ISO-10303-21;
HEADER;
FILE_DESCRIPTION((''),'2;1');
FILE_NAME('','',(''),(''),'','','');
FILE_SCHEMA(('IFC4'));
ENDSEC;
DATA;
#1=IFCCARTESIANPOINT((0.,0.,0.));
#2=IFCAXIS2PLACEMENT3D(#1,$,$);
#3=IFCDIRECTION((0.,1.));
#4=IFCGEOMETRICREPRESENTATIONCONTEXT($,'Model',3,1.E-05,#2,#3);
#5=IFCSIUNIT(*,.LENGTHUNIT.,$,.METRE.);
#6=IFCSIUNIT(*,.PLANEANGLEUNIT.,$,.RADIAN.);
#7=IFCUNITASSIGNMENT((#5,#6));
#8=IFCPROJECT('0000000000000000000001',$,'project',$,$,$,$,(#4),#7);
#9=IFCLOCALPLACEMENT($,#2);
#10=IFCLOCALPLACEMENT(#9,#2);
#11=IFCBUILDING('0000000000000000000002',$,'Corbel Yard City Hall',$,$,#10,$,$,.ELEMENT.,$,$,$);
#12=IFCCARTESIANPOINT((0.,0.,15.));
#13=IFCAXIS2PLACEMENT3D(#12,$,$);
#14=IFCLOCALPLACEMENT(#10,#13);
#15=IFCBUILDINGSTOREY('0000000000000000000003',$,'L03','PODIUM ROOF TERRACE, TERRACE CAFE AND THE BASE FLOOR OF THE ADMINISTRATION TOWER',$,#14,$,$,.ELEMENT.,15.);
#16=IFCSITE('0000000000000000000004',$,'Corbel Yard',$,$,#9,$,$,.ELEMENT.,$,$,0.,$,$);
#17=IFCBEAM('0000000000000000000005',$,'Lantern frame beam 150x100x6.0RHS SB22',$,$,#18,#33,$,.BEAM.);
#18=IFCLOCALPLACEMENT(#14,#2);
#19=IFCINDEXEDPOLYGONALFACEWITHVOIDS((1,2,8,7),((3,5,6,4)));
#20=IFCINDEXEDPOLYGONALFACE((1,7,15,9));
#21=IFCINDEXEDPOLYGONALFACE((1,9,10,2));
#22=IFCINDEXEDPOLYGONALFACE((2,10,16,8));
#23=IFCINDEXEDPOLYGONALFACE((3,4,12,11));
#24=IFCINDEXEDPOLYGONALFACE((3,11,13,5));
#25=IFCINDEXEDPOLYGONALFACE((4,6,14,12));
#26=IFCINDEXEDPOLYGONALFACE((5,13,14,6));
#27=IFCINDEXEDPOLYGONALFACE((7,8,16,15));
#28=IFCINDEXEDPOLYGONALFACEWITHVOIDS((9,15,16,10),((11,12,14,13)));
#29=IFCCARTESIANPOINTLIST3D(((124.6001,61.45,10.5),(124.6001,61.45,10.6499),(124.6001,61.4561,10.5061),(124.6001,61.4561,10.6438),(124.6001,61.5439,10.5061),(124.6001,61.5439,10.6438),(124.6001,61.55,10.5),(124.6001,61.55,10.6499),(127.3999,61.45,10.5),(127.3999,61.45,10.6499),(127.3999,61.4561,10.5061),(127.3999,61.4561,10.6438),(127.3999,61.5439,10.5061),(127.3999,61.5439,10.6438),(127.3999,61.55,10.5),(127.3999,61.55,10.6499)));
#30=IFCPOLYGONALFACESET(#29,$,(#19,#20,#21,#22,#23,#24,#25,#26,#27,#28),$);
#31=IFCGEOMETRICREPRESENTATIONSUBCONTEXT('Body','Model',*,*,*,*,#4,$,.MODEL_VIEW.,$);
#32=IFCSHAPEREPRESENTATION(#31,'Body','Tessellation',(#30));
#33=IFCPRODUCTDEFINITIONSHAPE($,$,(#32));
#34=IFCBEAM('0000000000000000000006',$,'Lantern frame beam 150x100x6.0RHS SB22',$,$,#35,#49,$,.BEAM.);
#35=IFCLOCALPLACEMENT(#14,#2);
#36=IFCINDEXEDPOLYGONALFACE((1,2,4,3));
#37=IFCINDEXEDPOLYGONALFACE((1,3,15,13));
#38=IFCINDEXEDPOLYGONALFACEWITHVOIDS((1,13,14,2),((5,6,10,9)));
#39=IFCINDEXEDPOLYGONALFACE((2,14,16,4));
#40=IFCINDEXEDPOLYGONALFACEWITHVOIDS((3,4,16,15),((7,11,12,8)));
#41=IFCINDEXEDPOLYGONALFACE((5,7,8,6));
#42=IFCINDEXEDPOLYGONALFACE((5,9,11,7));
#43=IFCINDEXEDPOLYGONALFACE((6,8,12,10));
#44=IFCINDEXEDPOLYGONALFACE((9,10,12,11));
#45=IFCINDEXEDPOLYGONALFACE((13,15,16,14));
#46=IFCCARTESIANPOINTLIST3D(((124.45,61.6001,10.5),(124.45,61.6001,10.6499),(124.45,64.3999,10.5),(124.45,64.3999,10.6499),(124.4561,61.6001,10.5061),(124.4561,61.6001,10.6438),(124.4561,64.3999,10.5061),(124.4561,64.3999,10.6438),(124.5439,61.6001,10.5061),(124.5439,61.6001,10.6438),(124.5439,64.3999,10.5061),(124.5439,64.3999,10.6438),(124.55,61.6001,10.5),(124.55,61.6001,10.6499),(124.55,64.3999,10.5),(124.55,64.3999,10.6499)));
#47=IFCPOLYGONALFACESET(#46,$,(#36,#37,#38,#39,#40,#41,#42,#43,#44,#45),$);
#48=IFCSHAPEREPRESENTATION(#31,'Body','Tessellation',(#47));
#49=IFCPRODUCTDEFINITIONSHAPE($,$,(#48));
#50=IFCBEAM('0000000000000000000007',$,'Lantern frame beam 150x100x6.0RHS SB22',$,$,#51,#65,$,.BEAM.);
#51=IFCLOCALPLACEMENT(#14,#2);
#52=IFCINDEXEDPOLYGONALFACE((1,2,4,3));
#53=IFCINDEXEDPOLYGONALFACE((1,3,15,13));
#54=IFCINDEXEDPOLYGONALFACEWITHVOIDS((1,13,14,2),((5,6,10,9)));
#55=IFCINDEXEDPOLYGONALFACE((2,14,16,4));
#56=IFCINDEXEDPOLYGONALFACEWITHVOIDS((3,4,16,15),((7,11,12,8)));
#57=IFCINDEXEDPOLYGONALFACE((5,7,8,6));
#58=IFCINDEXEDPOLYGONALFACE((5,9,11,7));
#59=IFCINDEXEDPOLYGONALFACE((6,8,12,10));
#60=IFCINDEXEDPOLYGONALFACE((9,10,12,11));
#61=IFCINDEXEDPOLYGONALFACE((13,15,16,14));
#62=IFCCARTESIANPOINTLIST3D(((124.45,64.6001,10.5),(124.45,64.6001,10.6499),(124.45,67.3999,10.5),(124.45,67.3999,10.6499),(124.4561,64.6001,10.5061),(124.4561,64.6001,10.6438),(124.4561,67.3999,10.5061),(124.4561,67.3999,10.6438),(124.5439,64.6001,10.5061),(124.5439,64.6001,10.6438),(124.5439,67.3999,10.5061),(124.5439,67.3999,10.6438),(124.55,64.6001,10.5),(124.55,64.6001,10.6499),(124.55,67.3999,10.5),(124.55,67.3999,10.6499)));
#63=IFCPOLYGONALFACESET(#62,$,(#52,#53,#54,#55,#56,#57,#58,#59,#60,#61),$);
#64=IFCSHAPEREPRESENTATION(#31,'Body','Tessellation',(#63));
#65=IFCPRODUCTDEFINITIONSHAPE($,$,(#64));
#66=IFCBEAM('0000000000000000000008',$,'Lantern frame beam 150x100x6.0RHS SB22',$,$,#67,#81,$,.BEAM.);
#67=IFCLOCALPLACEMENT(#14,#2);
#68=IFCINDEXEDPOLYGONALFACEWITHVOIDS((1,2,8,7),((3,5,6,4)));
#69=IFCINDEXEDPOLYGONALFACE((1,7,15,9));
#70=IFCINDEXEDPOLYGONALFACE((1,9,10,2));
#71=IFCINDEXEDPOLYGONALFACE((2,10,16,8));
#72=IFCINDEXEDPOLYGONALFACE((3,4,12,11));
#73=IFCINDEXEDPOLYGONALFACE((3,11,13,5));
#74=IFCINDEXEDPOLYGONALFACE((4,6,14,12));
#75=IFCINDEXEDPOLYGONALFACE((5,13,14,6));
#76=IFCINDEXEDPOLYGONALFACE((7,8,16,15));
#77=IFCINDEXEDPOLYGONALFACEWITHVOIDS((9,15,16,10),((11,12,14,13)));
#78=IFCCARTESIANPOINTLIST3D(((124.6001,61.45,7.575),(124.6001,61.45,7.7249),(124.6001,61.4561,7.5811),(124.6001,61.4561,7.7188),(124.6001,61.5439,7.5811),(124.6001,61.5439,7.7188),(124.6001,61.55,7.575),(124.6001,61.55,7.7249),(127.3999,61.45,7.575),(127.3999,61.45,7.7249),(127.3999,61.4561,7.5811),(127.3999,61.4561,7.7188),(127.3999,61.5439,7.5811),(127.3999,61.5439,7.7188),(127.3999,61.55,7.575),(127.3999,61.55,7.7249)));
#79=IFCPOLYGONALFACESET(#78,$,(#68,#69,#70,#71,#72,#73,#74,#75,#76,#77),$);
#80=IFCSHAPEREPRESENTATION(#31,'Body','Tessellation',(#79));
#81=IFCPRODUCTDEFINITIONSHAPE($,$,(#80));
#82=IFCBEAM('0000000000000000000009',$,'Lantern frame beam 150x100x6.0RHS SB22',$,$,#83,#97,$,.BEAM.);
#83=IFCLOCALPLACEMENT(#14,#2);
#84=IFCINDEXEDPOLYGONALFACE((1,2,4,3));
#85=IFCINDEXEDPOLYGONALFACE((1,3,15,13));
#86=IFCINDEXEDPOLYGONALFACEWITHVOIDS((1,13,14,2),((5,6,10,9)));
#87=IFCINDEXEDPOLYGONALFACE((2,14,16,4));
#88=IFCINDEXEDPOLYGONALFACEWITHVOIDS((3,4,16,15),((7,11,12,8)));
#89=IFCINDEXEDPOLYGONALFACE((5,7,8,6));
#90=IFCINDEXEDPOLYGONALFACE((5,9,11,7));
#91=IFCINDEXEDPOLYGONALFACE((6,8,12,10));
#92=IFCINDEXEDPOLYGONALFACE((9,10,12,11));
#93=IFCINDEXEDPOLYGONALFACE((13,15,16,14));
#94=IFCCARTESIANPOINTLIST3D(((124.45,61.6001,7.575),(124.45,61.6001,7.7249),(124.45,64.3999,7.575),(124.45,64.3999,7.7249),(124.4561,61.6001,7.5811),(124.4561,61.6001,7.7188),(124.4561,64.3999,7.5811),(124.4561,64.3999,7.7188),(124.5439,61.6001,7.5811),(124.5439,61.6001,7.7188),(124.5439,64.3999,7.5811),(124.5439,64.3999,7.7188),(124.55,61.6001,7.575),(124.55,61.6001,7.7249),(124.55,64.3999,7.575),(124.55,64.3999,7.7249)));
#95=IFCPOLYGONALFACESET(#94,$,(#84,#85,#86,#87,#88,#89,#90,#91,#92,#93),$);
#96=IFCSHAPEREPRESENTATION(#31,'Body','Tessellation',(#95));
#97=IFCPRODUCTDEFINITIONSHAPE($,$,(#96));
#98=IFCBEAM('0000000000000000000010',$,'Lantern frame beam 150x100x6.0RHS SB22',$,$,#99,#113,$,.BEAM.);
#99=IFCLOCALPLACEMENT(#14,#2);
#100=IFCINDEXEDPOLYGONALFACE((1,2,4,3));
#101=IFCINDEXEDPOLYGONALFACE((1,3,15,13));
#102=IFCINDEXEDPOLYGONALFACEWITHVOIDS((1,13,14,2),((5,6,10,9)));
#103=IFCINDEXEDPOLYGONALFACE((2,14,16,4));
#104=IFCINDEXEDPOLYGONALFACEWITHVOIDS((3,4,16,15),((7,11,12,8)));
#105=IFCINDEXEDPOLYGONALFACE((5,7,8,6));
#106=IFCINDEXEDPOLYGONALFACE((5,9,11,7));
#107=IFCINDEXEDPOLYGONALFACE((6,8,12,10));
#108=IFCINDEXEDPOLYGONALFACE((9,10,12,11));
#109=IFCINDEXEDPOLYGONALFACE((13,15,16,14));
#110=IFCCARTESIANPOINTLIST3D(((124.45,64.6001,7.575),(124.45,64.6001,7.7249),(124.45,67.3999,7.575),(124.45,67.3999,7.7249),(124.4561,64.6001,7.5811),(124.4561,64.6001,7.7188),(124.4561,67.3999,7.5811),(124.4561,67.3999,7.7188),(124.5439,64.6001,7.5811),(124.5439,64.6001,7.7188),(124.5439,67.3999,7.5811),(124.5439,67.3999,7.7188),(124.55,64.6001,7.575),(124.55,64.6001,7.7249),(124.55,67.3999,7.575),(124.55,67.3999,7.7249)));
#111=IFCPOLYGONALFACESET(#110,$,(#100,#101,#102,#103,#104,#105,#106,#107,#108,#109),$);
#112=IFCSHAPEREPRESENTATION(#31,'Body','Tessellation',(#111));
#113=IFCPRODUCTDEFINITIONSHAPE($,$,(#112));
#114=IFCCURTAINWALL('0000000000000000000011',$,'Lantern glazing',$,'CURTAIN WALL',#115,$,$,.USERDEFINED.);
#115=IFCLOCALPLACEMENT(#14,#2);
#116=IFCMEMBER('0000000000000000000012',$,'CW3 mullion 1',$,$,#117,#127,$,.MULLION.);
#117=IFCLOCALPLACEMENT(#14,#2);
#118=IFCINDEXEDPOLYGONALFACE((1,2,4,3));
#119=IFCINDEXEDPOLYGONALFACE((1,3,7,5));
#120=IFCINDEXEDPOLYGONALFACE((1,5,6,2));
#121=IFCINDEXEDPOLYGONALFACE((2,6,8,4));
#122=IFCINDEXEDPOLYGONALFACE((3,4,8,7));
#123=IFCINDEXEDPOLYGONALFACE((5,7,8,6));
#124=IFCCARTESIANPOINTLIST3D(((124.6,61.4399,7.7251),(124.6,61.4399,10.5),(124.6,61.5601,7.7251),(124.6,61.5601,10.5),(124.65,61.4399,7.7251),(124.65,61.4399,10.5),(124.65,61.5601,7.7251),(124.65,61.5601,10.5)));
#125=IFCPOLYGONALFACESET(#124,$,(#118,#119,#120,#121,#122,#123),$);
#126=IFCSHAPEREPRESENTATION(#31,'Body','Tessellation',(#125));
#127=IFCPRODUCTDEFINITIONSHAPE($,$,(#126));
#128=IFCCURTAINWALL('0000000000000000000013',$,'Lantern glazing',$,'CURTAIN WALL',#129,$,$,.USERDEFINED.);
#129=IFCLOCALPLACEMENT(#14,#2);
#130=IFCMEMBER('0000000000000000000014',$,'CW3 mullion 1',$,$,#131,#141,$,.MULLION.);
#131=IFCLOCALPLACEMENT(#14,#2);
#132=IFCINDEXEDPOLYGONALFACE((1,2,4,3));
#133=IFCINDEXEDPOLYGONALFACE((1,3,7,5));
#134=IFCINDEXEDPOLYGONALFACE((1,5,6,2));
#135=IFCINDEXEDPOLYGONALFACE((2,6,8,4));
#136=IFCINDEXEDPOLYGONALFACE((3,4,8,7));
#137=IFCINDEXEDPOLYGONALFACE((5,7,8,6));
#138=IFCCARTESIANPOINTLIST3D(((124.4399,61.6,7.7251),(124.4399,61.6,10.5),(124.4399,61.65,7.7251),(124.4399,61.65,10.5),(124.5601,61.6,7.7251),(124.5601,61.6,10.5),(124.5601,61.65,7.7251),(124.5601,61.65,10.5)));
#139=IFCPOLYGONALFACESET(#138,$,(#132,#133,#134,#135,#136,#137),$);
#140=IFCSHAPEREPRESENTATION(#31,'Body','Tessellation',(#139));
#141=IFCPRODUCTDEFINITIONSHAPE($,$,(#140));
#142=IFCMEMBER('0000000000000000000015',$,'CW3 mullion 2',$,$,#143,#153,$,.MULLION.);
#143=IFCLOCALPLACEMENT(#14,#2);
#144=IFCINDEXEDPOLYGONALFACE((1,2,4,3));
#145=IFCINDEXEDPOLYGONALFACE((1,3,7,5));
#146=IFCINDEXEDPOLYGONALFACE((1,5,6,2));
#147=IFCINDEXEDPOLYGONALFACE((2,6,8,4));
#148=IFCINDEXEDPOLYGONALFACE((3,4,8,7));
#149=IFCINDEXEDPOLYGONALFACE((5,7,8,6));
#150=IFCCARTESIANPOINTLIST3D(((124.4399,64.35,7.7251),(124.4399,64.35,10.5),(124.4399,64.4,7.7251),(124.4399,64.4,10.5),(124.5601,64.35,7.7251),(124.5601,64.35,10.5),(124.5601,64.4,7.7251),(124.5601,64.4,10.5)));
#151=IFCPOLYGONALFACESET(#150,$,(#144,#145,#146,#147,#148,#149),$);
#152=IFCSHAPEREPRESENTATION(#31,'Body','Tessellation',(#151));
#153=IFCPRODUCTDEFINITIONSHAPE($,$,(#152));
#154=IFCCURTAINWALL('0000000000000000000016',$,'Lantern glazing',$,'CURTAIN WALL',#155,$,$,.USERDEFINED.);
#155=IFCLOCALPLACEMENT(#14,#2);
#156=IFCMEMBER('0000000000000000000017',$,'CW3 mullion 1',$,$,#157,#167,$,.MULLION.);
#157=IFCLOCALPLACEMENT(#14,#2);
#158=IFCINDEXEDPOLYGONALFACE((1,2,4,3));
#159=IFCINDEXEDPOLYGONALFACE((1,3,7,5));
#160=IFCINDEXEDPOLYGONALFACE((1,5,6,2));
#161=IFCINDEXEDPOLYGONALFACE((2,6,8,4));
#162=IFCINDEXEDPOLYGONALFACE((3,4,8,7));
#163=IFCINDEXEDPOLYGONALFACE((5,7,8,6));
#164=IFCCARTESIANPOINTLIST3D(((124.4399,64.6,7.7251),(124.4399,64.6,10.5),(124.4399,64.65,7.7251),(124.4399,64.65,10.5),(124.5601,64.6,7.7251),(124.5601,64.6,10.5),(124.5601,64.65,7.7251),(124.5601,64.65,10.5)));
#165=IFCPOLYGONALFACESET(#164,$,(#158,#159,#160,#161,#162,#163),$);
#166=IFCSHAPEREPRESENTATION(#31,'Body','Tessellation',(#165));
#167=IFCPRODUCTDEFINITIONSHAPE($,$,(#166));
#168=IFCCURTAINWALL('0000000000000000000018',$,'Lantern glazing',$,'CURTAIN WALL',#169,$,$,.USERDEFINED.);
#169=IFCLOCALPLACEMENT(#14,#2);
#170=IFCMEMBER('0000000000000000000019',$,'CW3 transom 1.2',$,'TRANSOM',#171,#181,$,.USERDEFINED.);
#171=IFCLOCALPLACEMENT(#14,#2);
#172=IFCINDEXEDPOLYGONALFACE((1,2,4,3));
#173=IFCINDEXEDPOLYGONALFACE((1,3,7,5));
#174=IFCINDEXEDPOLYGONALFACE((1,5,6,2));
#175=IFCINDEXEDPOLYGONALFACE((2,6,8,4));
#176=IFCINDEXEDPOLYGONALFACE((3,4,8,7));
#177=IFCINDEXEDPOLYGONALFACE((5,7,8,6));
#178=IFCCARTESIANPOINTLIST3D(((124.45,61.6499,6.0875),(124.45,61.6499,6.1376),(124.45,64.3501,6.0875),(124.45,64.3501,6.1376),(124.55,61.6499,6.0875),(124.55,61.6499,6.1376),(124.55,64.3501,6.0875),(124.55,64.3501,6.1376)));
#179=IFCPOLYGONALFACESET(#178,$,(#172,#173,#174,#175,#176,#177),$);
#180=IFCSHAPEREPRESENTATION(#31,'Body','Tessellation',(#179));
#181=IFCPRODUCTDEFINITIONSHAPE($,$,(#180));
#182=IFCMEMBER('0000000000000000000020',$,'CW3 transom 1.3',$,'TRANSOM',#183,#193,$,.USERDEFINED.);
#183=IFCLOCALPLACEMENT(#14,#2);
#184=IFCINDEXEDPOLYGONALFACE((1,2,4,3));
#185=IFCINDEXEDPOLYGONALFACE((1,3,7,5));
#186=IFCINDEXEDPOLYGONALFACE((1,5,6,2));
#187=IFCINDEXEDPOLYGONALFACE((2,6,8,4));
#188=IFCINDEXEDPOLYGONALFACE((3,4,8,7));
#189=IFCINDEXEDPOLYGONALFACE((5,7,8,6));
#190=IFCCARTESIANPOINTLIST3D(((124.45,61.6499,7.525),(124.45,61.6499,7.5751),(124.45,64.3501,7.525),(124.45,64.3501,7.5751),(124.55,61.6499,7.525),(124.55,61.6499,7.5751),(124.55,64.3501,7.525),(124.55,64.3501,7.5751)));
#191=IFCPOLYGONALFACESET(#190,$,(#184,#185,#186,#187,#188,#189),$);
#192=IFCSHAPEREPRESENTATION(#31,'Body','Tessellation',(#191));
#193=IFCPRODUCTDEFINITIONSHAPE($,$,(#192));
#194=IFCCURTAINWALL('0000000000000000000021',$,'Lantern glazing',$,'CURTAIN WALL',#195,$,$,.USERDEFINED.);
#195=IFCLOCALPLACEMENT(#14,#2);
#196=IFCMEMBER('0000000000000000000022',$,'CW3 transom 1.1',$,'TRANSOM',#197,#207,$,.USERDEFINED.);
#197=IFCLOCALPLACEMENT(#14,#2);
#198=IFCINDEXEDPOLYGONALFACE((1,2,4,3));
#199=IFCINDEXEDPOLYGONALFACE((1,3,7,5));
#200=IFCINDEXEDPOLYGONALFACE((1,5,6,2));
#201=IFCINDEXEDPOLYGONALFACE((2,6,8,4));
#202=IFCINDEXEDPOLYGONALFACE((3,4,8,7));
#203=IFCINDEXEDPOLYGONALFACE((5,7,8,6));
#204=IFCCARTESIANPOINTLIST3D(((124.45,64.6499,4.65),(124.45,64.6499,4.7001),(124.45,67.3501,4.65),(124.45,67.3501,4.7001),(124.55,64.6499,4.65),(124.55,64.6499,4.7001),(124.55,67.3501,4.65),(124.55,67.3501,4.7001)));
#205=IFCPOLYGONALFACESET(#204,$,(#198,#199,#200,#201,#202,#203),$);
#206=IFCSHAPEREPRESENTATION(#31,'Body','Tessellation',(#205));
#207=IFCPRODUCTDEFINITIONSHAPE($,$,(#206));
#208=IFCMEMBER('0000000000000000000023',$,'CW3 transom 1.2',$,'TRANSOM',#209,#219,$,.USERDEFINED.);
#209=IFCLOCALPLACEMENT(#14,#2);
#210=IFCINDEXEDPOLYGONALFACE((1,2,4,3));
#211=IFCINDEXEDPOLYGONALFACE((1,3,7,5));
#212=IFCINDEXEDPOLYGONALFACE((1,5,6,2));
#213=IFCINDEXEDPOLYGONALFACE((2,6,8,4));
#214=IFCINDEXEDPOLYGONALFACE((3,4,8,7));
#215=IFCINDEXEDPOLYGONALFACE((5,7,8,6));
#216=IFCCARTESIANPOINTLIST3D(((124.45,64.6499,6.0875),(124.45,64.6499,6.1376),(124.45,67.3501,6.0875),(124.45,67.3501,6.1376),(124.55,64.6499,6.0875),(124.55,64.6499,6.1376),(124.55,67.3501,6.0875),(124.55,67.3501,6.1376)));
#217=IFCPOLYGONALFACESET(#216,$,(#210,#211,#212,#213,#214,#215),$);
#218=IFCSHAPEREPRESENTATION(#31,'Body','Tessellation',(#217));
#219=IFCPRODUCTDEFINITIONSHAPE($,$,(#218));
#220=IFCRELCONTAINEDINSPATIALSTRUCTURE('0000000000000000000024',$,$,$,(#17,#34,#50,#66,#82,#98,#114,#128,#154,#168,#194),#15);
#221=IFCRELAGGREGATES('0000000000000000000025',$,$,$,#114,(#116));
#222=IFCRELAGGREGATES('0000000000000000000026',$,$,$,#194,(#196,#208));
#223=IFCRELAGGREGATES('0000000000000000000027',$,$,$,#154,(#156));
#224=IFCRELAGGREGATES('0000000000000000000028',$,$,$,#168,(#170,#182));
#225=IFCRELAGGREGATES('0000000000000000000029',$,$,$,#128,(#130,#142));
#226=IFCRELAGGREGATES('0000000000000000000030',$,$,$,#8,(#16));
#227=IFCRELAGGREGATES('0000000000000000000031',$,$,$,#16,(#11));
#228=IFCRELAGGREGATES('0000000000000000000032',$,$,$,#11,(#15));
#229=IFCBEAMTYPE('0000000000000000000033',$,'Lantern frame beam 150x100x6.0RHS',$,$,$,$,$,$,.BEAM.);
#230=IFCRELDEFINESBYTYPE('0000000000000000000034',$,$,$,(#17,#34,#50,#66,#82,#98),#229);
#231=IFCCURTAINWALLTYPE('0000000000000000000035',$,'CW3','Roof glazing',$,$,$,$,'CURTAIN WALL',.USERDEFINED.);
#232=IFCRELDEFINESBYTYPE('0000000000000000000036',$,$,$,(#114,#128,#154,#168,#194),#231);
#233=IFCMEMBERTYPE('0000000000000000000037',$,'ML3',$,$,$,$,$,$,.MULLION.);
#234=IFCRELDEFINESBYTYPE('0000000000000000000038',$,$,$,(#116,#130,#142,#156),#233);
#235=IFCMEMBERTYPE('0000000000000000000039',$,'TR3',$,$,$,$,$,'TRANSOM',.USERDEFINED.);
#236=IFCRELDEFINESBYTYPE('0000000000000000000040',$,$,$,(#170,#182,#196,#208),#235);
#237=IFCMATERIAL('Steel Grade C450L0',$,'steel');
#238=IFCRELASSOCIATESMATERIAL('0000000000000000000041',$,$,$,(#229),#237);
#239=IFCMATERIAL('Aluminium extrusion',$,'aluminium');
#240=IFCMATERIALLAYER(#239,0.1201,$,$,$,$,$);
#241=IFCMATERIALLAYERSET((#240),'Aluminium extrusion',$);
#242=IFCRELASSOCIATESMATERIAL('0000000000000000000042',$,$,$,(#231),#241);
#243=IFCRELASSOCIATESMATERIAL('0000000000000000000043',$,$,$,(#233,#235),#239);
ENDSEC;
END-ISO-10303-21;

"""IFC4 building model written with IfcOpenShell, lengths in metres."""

from ifc_helpers import new_model, si_unit, direction, frame, origin, origin_2d, place, context, subcontext, project, spatial, rectangle, hollow_rectangle, extrude, material, layer, layer_set, material_profile, profile_set, type_object, element, aggregate, save


model = new_model("IFC4")

# Units and contexts
model_context = context("Model", 3, precision=1e-05, world=origin(), true_north=direction((0.0, 1.0)))
body_context = subcontext(model_context, "Body", "Model", "MODEL_VIEW")
ifc_project = project(units=[si_unit("LENGTHUNIT", "METRE"), si_unit("PLANEANGLEUNIT", "RADIAN")], contexts=[model_context])

# Site, building, storey
site_placement = place(None, origin())
site = spatial("IfcSite", under=ifc_project, at=site_placement, Name="Corbel Yard", CompositionType="ELEMENT", RefElevation=0.0)
building_placement = place(site_placement, origin())
building = spatial("IfcBuilding", under=site, at=building_placement, Name="Corbel Yard City Hall", CompositionType="ELEMENT")
storey_placement = place(building_placement, frame((0.0, 0.0, 15.0)))
storey = spatial("IfcBuildingStorey", under=building, at=storey_placement, Name="L03", Description="PODIUM ROOF TERRACE, TERRACE CAFE AND THE BASE FLOOR OF THE ADMINISTRATION TOWER", CompositionType="ELEMENT", Elevation=15.0)

# Beams
ifc_material_1 = material(Name="Steel Grade C450L0", Category="steel")
ifc_material_profile_1 = material_profile(ifc_material_1, hollow_rectangle(XDim=0.1001, YDim=0.1499, WallThickness=0.0061, at=origin_2d()), Name="150x100x6.0RHS")
ifc_profile_set_1 = profile_set([ifc_material_profile_1], Name="Steel Grade C450L0")
beam_type = type_object("IfcBeamType", Name="Lantern frame beam 150x100x6.0RHS", PredefinedType="BEAM", material=ifc_profile_set_1)
for number, where, z_axis, x_axis, name in (
    (1, (124.6001, 61.5, 10.575), (1.0, 0.0, 0.0), (0.0, 1.0, 0.0), "Lantern frame beam 150x100x6.0RHS SB22"),
    (2, (124.5, 61.6001, 10.575), (0.0, 1.0, 0.0), (-1.0, 0.0, 0.0), "Lantern frame beam 150x100x6.0RHS SB22"),
    (3, (124.5, 64.6001, 10.575), (0.0, 1.0, 0.0), (-1.0, 0.0, 0.0), "Lantern frame beam 150x100x6.0RHS SB22"),
    (4, (124.6001, 61.5, 7.6499), (1.0, 0.0, 0.0), (0.0, 1.0, 0.0), "Lantern frame beam 150x100x6.0RHS SB22"),
    (5, (124.5, 61.6001, 7.6499), (0.0, 1.0, 0.0), (-1.0, 0.0, 0.0), "Lantern frame beam 150x100x6.0RHS SB22"),
    (6, (124.5, 64.6001, 7.6499), (0.0, 1.0, 0.0), (-1.0, 0.0, 0.0), "Lantern frame beam 150x100x6.0RHS SB22"),
):
    element("IfcBeam", number, at=place(storey_placement, frame(where, z_axis=z_axis, x_axis=x_axis)), inside=storey, type_object=beam_type, Name=name, PredefinedType="BEAM", context=body_context, shape_type="SweptSolid", body=[
        extrude(hollow_rectangle(XDim=0.1001, YDim=0.1499, WallThickness=0.0061, at=origin_2d()), origin(), (0.0, 0.0, 1.0), 2.7998),
    ])

# Curtain wall, member
ifc_material_2 = material(Name="Aluminium extrusion", Category="aluminium")
ifc_layer_1 = layer(ifc_material_2, 0.1201)
ifc_layer_set_1 = layer_set([ifc_layer_1], Name="Aluminium extrusion")
curtain_wall_type_1 = type_object("IfcCurtainWallType", Name="CW3", Description="Roof glazing", ElementType="CURTAIN WALL", PredefinedType="USERDEFINED", material=ifc_layer_set_1)
curtain_wall_1_placement = place(storey_placement, origin())
curtain_wall_1 = element("IfcCurtainWall", 7, at=curtain_wall_1_placement, inside=storey, type_object=curtain_wall_type_1, Name="Lantern glazing", ObjectType="CURTAIN WALL", PredefinedType="USERDEFINED")
ifc_material_profile_2 = material_profile(ifc_material_2, rectangle(XDim=0.1201, YDim=0.05, at=origin_2d()), Name="120x50")
ifc_profile_set_2 = profile_set([ifc_material_profile_2], Name="Aluminium extrusion")
member_type_1 = type_object("IfcMemberType", Name="ML3", PredefinedType="MULLION", material=ifc_profile_set_2)
member_1_placement = place(storey_placement, frame((124.625, 61.5, 7.7251), z_axis=(0.0, 0.0, 1.0), x_axis=(0.0, 1.0, 0.0)))
member_1 = element("IfcMember", 8, at=member_1_placement, type_object=member_type_1, Name="CW3 mullion 1", PredefinedType="MULLION", context=body_context, shape_type="SweptSolid", body=[
    extrude(rectangle(XDim=0.1201, YDim=0.05, at=origin_2d()), origin(), (0.0, 0.0, 1.0), 2.7749),
])
aggregate(curtain_wall_1, [member_1])

# Curtain wall, members
curtain_wall_2_placement = place(storey_placement, origin())
curtain_wall_2 = element("IfcCurtainWall", 9, at=curtain_wall_2_placement, inside=storey, type_object=curtain_wall_type_1, Name="Lantern glazing", ObjectType="CURTAIN WALL", PredefinedType="USERDEFINED")
member_2_placement = place(storey_placement, frame((124.5, 61.625, 7.7251), z_axis=(0.0, 0.0, 1.0), x_axis=(-1.0, 0.0, 0.0)))
member_2 = element("IfcMember", 10, at=member_2_placement, type_object=member_type_1, Name="CW3 mullion 1", PredefinedType="MULLION", context=body_context, shape_type="SweptSolid", body=[
    extrude(rectangle(XDim=0.1201, YDim=0.05, at=origin_2d()), origin(), (0.0, 0.0, 1.0), 2.7749),
])
member_3_placement = place(storey_placement, frame((124.5, 64.375, 7.7251), z_axis=(0.0, 0.0, 1.0), x_axis=(-1.0, 0.0, 0.0)))
member_3 = element("IfcMember", 11, at=member_3_placement, type_object=member_type_1, Name="CW3 mullion 2", PredefinedType="MULLION", context=body_context, shape_type="SweptSolid", body=[
    extrude(rectangle(XDim=0.1201, YDim=0.05, at=origin_2d()), origin(), (0.0, 0.0, 1.0), 2.7749),
])

# Curtain wall, member
curtain_wall_3_placement = place(storey_placement, origin())
curtain_wall_3 = element("IfcCurtainWall", 12, at=curtain_wall_3_placement, inside=storey, type_object=curtain_wall_type_1, Name="Lantern glazing", ObjectType="CURTAIN WALL", PredefinedType="USERDEFINED")
member_4_placement = place(storey_placement, frame((124.5, 64.625, 7.7251), z_axis=(0.0, 0.0, 1.0), x_axis=(-1.0, 0.0, 0.0)))
member_4 = element("IfcMember", 13, at=member_4_placement, type_object=member_type_1, Name="CW3 mullion 1", PredefinedType="MULLION", context=body_context, shape_type="SweptSolid", body=[
    extrude(rectangle(XDim=0.1201, YDim=0.05, at=origin_2d()), origin(), (0.0, 0.0, 1.0), 2.7749),
])

# Curtain walls, members
curtain_wall_4_placement = place(storey_placement, origin())
curtain_wall_4 = element("IfcCurtainWall", 14, at=curtain_wall_4_placement, inside=storey, type_object=curtain_wall_type_1, Name="Lantern glazing", ObjectType="CURTAIN WALL", PredefinedType="USERDEFINED")
ifc_material_profile_3 = material_profile(ifc_material_2, rectangle(XDim=0.1001, YDim=0.05, at=origin_2d()), Name="100x50")
ifc_profile_set_3 = profile_set([ifc_material_profile_3], Name="Aluminium extrusion")
member_type_2 = type_object("IfcMemberType", Name="TR3", ElementType="TRANSOM", PredefinedType="USERDEFINED", material=ifc_profile_set_3)
member_5_placement = place(storey_placement, frame((124.5, 61.6499, 6.1125), z_axis=(0.0, 1.0, 0.0), x_axis=(-1.0, 0.0, 0.0)))
member_5 = element("IfcMember", 15, at=member_5_placement, type_object=member_type_2, Name="CW3 transom 1.2", ObjectType="TRANSOM", PredefinedType="USERDEFINED", context=body_context, shape_type="SweptSolid", body=[
    extrude(rectangle(XDim=0.1001, YDim=0.05, at=origin_2d()), origin(), (0.0, 0.0, 1.0), 2.7002),
])
member_6_placement = place(storey_placement, frame((124.5, 61.6499, 7.55), z_axis=(0.0, 1.0, 0.0), x_axis=(-1.0, 0.0, 0.0)))
member_6 = element("IfcMember", 16, at=member_6_placement, type_object=member_type_2, Name="CW3 transom 1.3", ObjectType="TRANSOM", PredefinedType="USERDEFINED", context=body_context, shape_type="SweptSolid", body=[
    extrude(rectangle(XDim=0.1001, YDim=0.05, at=origin_2d()), origin(), (0.0, 0.0, 1.0), 2.7002),
])
curtain_wall_5_placement = place(storey_placement, origin())
curtain_wall_5 = element("IfcCurtainWall", 17, at=curtain_wall_5_placement, inside=storey, type_object=curtain_wall_type_1, Name="Lantern glazing", ObjectType="CURTAIN WALL", PredefinedType="USERDEFINED")
member_7_placement = place(storey_placement, frame((124.5, 64.6499, 4.675), z_axis=(0.0, 1.0, 0.0), x_axis=(-1.0, 0.0, 0.0)))
member_7 = element("IfcMember", 18, at=member_7_placement, type_object=member_type_2, Name="CW3 transom 1.1", ObjectType="TRANSOM", PredefinedType="USERDEFINED", context=body_context, shape_type="SweptSolid", body=[
    extrude(rectangle(XDim=0.1001, YDim=0.05, at=origin_2d()), origin(), (0.0, 0.0, 1.0), 2.7002),
])
member_8_placement = place(storey_placement, frame((124.5, 64.6499, 6.1125), z_axis=(0.0, 1.0, 0.0), x_axis=(-1.0, 0.0, 0.0)))
member_8 = element("IfcMember", 19, at=member_8_placement, type_object=member_type_2, Name="CW3 transom 1.2", ObjectType="TRANSOM", PredefinedType="USERDEFINED", context=body_context, shape_type="SweptSolid", body=[
    extrude(rectangle(XDim=0.1001, YDim=0.05, at=origin_2d()), origin(), (0.0, 0.0, 1.0), 2.7002),
])
aggregate(curtain_wall_5, [member_7, member_8])

aggregate(curtain_wall_3, [member_4])

aggregate(curtain_wall_4, [member_5, member_6])
aggregate(curtain_wall_2, [member_2, member_3])

save(model, "model.ifc")
